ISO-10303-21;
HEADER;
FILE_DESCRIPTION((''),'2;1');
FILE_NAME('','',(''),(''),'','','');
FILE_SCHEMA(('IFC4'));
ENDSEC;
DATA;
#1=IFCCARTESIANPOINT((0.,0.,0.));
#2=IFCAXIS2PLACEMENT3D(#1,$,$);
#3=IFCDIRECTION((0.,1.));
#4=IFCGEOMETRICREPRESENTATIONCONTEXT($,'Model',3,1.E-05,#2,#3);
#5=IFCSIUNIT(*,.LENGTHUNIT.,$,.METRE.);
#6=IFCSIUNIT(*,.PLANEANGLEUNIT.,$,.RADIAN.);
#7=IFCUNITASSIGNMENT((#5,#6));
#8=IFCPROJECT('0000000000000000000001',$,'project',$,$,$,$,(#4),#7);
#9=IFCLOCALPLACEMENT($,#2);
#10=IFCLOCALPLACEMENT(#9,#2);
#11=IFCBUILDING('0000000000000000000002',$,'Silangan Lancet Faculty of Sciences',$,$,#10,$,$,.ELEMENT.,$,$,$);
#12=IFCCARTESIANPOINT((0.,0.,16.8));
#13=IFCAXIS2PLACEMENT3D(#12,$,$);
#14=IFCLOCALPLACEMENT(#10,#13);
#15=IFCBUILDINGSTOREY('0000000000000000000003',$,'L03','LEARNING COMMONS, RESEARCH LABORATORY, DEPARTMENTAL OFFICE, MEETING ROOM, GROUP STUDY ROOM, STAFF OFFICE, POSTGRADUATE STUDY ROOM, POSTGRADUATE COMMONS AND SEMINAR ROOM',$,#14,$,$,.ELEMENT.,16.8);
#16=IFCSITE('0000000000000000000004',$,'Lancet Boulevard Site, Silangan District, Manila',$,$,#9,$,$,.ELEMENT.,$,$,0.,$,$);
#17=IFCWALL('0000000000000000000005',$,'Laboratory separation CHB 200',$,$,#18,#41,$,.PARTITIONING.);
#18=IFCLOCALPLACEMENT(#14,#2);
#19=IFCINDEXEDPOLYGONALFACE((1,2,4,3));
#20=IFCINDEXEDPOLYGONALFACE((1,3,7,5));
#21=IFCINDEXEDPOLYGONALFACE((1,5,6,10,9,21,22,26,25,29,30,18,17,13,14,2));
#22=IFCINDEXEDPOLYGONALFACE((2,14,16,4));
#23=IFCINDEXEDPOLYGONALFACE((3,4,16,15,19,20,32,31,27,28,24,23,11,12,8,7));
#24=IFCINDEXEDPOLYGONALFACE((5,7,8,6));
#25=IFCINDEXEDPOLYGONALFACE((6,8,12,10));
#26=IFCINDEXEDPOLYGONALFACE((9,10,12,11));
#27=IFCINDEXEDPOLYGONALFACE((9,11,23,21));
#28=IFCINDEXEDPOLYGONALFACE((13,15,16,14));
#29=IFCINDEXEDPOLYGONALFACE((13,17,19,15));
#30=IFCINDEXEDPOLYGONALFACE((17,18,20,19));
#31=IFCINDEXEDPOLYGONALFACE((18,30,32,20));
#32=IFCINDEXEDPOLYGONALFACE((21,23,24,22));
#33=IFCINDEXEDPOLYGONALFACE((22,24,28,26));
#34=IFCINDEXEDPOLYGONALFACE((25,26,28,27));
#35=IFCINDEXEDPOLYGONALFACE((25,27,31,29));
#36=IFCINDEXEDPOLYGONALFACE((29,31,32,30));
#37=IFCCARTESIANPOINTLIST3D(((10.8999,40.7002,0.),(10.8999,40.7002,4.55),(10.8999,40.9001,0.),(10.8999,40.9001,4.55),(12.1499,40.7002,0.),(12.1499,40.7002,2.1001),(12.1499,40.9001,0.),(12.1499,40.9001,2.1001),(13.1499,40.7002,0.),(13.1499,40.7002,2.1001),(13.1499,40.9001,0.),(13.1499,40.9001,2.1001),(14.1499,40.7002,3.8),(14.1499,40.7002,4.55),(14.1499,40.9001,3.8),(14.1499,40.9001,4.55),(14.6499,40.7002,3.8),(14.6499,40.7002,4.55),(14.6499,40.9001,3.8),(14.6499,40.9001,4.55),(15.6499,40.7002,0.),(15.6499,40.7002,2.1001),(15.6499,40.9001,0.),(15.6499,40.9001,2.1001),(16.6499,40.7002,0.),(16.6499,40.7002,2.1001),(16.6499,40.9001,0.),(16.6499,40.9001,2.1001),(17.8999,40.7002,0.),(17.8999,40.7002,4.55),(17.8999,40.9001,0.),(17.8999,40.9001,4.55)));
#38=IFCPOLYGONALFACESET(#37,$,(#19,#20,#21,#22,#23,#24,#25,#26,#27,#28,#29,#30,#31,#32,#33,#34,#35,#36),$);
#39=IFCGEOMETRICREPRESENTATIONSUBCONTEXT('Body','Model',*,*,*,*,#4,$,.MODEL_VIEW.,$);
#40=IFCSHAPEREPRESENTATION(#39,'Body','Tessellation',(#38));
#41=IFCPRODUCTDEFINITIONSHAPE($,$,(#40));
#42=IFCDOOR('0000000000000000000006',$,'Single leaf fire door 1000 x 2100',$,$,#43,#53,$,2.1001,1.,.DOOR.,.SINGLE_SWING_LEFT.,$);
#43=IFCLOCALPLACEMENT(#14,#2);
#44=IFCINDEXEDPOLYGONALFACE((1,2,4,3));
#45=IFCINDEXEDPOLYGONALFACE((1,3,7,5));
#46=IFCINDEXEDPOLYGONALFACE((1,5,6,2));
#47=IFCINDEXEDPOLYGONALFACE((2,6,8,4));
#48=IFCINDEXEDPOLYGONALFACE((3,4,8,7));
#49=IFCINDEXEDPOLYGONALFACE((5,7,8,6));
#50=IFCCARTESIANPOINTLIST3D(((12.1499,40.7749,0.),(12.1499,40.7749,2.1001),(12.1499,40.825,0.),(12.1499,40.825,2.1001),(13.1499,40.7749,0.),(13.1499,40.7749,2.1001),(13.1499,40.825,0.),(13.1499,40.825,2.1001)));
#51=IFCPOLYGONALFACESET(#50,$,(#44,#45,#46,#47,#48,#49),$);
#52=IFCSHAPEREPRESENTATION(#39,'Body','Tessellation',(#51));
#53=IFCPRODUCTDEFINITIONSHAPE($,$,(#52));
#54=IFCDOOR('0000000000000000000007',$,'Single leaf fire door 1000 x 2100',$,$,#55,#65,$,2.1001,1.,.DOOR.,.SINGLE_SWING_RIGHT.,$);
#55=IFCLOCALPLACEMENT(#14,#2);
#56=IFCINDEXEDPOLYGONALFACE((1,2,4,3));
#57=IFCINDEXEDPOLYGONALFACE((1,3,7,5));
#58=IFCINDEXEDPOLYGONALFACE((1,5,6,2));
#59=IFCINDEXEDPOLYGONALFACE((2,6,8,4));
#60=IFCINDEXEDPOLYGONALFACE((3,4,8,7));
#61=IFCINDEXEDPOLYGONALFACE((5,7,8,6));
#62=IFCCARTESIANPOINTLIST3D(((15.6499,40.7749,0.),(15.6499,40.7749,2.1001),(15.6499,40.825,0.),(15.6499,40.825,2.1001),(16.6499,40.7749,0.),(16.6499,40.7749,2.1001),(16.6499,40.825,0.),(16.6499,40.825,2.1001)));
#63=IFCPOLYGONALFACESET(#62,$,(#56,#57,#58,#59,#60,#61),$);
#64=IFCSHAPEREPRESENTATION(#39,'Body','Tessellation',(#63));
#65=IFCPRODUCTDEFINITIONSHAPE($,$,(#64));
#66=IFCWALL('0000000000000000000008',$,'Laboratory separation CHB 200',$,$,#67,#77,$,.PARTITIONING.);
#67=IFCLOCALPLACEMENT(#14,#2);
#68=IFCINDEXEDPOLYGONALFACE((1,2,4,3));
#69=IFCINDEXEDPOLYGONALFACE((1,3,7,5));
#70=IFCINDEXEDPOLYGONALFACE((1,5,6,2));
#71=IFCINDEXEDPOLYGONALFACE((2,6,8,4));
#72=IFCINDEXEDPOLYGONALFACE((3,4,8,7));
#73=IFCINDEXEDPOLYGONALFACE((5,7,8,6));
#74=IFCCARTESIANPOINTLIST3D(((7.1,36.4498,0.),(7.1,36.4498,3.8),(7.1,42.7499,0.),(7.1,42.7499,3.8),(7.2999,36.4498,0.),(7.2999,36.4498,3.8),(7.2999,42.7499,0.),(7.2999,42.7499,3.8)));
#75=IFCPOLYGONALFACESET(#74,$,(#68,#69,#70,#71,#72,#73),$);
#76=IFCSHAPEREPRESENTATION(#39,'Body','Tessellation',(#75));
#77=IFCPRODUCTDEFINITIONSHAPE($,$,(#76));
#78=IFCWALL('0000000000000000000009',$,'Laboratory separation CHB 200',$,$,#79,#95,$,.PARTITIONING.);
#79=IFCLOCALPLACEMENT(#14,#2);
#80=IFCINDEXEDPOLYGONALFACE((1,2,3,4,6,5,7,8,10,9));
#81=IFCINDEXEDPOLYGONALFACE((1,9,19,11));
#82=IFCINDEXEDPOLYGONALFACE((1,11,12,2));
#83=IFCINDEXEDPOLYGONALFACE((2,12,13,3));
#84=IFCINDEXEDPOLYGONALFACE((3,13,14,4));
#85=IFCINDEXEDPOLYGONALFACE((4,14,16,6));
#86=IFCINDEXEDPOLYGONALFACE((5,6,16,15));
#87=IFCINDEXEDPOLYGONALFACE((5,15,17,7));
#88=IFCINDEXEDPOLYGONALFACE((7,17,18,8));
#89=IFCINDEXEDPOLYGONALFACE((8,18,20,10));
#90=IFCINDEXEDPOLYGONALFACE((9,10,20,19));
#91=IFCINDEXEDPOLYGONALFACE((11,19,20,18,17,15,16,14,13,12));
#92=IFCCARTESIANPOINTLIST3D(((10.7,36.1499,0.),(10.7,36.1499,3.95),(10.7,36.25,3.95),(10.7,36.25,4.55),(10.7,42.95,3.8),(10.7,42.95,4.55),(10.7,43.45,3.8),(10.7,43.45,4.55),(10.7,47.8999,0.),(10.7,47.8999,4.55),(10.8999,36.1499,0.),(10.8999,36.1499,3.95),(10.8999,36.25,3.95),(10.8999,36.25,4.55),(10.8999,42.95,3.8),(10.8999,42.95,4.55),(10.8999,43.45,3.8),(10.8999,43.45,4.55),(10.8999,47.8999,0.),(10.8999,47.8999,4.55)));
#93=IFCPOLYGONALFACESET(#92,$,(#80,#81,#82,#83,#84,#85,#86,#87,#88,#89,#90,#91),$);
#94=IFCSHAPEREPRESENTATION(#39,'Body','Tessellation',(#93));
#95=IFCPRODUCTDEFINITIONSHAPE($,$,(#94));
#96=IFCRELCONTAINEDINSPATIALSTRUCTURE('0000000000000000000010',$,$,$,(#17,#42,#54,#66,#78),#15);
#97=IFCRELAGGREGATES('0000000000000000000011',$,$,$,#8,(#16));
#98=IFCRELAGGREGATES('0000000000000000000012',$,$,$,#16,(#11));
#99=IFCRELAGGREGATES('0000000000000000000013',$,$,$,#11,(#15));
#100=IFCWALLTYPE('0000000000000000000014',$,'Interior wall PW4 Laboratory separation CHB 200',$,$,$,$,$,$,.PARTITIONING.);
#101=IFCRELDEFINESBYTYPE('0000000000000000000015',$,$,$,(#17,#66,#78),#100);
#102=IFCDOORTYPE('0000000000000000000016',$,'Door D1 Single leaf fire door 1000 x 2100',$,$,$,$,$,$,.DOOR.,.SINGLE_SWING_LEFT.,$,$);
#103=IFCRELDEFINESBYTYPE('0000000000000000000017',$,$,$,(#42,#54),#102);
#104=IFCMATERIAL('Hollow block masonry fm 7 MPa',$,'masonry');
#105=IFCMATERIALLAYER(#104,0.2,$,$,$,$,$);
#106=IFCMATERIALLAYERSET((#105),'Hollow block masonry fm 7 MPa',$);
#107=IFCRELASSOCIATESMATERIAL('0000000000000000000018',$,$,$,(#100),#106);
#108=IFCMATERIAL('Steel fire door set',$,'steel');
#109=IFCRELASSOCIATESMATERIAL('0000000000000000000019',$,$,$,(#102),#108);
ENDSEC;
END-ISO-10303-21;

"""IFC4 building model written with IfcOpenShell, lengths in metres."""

from ifc_helpers import new_model, si_unit, direction, frame, frame_2d, origin, place, context, subcontext, project, spatial, polyline, rectangle, outline, extrude, material, layer, layer_set, type_object, element, fill, save


model = new_model("IFC4")

# Units and contexts
model_context = context("Model", 3, precision=1e-05, world=origin(), true_north=direction((0.0, 1.0)))
body_context = subcontext(model_context, "Body", "Model", "MODEL_VIEW")
ifc_project = project(units=[si_unit("LENGTHUNIT", "METRE"), si_unit("PLANEANGLEUNIT", "RADIAN")], contexts=[model_context])

# Site, building, storey
site_placement = place(None, origin())
site = spatial("IfcSite", under=ifc_project, at=site_placement, Name="Lancet Boulevard Site, Silangan District, Manila", CompositionType="ELEMENT", RefElevation=0.0)
building_placement = place(site_placement, origin())
building = spatial("IfcBuilding", under=site, at=building_placement, Name="Silangan Lancet Faculty of Sciences", CompositionType="ELEMENT")
storey_placement = place(building_placement, frame((0.0, 0.0, 16.8)))
storey = spatial("IfcBuildingStorey", under=building, at=storey_placement, Name="L03", Description="LEARNING COMMONS, RESEARCH LABORATORY, DEPARTMENTAL OFFICE, MEETING ROOM, GROUP STUDY ROOM, STAFF OFFICE, POSTGRADUATE STUDY ROOM, POSTGRADUATE COMMONS AND SEMINAR ROOM", CompositionType="ELEMENT", Elevation=16.8)

# Shared definitions
ifc_material_1 = material(Name="Hollow block masonry fm 7 MPa", Category="masonry")
ifc_layer_1 = layer(ifc_material_1, 0.2)
ifc_layer_set_1 = layer_set([ifc_layer_1], Name="Hollow block masonry fm 7 MPa")
wall_type = type_object("IfcWallType", Name="Interior wall PW4 Laboratory separation CHB 200", PredefinedType="PARTITIONING", material=ifc_layer_set_1)
ifc_material_2 = material(Name="Steel fire door set", Category="steel")
door_type = type_object("IfcDoorType", Name="Door D1 Single leaf fire door 1000 x 2100", OperationType="SINGLE_SWING_LEFT", PredefinedType="DOOR", material=ifc_material_2)

# Wall, openings, doors
wall_1_placement = place(storey_placement, frame((10.8999, 40.8, 0.0), z_axis=(0.0, 0.0, 1.0), x_axis=(1.0, 0.0, 0.0)))
wall_1 = element("IfcWall", 1, at=wall_1_placement, inside=storey, type_object=wall_type, Name="Laboratory separation CHB 200", PredefinedType="PARTITIONING", context=body_context, shape_type="SweptSolid", body=[
    extrude(outline(polyline([(0.0, 0.0), (7.0, 0.0), (7.0, 4.55), (3.75, 4.55), (3.75, 3.8), (3.25, 3.8), (3.25, 4.55), (0.0, 4.55), (0.0, 0.0)])), frame((0.0, 0.1001, 0.0), z_axis=(0.0, -1.0, 0.0), x_axis=(1.0, 0.0, 0.0)), (0.0, 0.0, 1.0), 0.2),
])
opening_1_placement = place(wall_1_placement, frame((1.25, 0.0, 0.0)))
opening_1 = element("IfcOpeningElement", 2, at=opening_1_placement, cuts=wall_1, PredefinedType="OPENING", context=body_context, shape_type="SweptSolid", body=[
    extrude(rectangle(XDim=1.0, YDim=2.1001, at=frame_2d((0.5, 1.05))), frame((0.0, 0.1099, 0.0), z_axis=(0.0, -1.0, 0.0), x_axis=(1.0, 0.0, 0.0)), (0.0, 0.0, 1.0), 0.22),
])
opening_2_placement = place(wall_1_placement, frame((4.75, 0.0, 0.0)))
opening_2 = element("IfcOpeningElement", 3, at=opening_2_placement, cuts=wall_1, PredefinedType="OPENING", context=body_context, shape_type="SweptSolid", body=[
    extrude(rectangle(XDim=1.0, YDim=2.1001, at=frame_2d((0.5, 1.05))), frame((0.0, 0.1099, 0.0), z_axis=(0.0, -1.0, 0.0), x_axis=(1.0, 0.0, 0.0)), (0.0, 0.0, 1.0), 0.22),
])
door_1_placement = place(opening_1_placement, frame((1.0, 0.0, 0.0), z_axis=(0.0, 0.0, 1.0), x_axis=(-1.0, 0.0, 0.0)))
door_1 = element("IfcDoor", 4, at=door_1_placement, inside=storey, type_object=door_type, Name="Single leaf fire door 1000 x 2100", OperationType="SINGLE_SWING_LEFT", OverallHeight=2.1001, OverallWidth=1.0, PredefinedType="DOOR", context=body_context, shape_type="SweptSolid", body=[
    extrude(rectangle(XDim=1.0, YDim=2.1001, at=frame_2d((0.5, 1.05))), frame((0.0, 0.0251, 0.0), z_axis=(0.0, -1.0, 0.0), x_axis=(1.0, 0.0, 0.0)), (0.0, 0.0, 1.0), 0.05),
])
fill(opening_1, door_1)
door_2_placement = place(opening_2_placement, frame((1.0, 0.0, 0.0), z_axis=(0.0, 0.0, 1.0), x_axis=(-1.0, 0.0, 0.0)))
door_2 = element("IfcDoor", 5, at=door_2_placement, inside=storey, type_object=door_type, Name="Single leaf fire door 1000 x 2100", OperationType="SINGLE_SWING_RIGHT", OverallHeight=2.1001, OverallWidth=1.0, PredefinedType="DOOR", context=body_context, shape_type="SweptSolid", body=[
    extrude(rectangle(XDim=1.0, YDim=2.1001, at=frame_2d((0.5, 1.05))), frame((0.0, 0.0251, 0.0), z_axis=(0.0, -1.0, 0.0), x_axis=(1.0, 0.0, 0.0)), (0.0, 0.0, 1.0), 0.05),
])
fill(opening_2, door_2)

# Walls
wall_2_placement = place(storey_placement, frame((7.2, 36.45, 0.0), z_axis=(0.0, 0.0, 1.0), x_axis=(0.0, 1.0, 0.0)))
element("IfcWall", 6, at=wall_2_placement, inside=storey, type_object=wall_type, Name="Laboratory separation CHB 200", PredefinedType="PARTITIONING", context=body_context, shape_type="SweptSolid", body=[
    extrude(rectangle(XDim=6.3, YDim=0.2, at=frame_2d((3.1499, 0.0))), origin(), (0.0, 0.0, 1.0), 3.8),
])
wall_3_placement = place(storey_placement, frame((10.8, 36.1499, 0.0), z_axis=(0.0, 0.0, 1.0), x_axis=(0.0, 1.0, 0.0)))
element("IfcWall", 7, at=wall_3_placement, inside=storey, type_object=wall_type, Name="Laboratory separation CHB 200", PredefinedType="PARTITIONING", context=body_context, shape_type="SweptSolid", body=[
    extrude(outline(polyline([(0.0, 0.0), (11.75, 0.0), (11.75, 4.55), (7.3, 4.55), (7.3, 3.8), (6.8, 3.8), (6.8, 4.55), (0.1001, 4.55), (0.1001, 3.95), (0.0, 3.95), (0.0, 0.0)])), frame((0.0, 0.1001, 0.0), z_axis=(0.0, -1.0, 0.0), x_axis=(1.0, 0.0, 0.0)), (0.0, 0.0, 1.0), 0.2),
])

save(model, "model.ifc")
